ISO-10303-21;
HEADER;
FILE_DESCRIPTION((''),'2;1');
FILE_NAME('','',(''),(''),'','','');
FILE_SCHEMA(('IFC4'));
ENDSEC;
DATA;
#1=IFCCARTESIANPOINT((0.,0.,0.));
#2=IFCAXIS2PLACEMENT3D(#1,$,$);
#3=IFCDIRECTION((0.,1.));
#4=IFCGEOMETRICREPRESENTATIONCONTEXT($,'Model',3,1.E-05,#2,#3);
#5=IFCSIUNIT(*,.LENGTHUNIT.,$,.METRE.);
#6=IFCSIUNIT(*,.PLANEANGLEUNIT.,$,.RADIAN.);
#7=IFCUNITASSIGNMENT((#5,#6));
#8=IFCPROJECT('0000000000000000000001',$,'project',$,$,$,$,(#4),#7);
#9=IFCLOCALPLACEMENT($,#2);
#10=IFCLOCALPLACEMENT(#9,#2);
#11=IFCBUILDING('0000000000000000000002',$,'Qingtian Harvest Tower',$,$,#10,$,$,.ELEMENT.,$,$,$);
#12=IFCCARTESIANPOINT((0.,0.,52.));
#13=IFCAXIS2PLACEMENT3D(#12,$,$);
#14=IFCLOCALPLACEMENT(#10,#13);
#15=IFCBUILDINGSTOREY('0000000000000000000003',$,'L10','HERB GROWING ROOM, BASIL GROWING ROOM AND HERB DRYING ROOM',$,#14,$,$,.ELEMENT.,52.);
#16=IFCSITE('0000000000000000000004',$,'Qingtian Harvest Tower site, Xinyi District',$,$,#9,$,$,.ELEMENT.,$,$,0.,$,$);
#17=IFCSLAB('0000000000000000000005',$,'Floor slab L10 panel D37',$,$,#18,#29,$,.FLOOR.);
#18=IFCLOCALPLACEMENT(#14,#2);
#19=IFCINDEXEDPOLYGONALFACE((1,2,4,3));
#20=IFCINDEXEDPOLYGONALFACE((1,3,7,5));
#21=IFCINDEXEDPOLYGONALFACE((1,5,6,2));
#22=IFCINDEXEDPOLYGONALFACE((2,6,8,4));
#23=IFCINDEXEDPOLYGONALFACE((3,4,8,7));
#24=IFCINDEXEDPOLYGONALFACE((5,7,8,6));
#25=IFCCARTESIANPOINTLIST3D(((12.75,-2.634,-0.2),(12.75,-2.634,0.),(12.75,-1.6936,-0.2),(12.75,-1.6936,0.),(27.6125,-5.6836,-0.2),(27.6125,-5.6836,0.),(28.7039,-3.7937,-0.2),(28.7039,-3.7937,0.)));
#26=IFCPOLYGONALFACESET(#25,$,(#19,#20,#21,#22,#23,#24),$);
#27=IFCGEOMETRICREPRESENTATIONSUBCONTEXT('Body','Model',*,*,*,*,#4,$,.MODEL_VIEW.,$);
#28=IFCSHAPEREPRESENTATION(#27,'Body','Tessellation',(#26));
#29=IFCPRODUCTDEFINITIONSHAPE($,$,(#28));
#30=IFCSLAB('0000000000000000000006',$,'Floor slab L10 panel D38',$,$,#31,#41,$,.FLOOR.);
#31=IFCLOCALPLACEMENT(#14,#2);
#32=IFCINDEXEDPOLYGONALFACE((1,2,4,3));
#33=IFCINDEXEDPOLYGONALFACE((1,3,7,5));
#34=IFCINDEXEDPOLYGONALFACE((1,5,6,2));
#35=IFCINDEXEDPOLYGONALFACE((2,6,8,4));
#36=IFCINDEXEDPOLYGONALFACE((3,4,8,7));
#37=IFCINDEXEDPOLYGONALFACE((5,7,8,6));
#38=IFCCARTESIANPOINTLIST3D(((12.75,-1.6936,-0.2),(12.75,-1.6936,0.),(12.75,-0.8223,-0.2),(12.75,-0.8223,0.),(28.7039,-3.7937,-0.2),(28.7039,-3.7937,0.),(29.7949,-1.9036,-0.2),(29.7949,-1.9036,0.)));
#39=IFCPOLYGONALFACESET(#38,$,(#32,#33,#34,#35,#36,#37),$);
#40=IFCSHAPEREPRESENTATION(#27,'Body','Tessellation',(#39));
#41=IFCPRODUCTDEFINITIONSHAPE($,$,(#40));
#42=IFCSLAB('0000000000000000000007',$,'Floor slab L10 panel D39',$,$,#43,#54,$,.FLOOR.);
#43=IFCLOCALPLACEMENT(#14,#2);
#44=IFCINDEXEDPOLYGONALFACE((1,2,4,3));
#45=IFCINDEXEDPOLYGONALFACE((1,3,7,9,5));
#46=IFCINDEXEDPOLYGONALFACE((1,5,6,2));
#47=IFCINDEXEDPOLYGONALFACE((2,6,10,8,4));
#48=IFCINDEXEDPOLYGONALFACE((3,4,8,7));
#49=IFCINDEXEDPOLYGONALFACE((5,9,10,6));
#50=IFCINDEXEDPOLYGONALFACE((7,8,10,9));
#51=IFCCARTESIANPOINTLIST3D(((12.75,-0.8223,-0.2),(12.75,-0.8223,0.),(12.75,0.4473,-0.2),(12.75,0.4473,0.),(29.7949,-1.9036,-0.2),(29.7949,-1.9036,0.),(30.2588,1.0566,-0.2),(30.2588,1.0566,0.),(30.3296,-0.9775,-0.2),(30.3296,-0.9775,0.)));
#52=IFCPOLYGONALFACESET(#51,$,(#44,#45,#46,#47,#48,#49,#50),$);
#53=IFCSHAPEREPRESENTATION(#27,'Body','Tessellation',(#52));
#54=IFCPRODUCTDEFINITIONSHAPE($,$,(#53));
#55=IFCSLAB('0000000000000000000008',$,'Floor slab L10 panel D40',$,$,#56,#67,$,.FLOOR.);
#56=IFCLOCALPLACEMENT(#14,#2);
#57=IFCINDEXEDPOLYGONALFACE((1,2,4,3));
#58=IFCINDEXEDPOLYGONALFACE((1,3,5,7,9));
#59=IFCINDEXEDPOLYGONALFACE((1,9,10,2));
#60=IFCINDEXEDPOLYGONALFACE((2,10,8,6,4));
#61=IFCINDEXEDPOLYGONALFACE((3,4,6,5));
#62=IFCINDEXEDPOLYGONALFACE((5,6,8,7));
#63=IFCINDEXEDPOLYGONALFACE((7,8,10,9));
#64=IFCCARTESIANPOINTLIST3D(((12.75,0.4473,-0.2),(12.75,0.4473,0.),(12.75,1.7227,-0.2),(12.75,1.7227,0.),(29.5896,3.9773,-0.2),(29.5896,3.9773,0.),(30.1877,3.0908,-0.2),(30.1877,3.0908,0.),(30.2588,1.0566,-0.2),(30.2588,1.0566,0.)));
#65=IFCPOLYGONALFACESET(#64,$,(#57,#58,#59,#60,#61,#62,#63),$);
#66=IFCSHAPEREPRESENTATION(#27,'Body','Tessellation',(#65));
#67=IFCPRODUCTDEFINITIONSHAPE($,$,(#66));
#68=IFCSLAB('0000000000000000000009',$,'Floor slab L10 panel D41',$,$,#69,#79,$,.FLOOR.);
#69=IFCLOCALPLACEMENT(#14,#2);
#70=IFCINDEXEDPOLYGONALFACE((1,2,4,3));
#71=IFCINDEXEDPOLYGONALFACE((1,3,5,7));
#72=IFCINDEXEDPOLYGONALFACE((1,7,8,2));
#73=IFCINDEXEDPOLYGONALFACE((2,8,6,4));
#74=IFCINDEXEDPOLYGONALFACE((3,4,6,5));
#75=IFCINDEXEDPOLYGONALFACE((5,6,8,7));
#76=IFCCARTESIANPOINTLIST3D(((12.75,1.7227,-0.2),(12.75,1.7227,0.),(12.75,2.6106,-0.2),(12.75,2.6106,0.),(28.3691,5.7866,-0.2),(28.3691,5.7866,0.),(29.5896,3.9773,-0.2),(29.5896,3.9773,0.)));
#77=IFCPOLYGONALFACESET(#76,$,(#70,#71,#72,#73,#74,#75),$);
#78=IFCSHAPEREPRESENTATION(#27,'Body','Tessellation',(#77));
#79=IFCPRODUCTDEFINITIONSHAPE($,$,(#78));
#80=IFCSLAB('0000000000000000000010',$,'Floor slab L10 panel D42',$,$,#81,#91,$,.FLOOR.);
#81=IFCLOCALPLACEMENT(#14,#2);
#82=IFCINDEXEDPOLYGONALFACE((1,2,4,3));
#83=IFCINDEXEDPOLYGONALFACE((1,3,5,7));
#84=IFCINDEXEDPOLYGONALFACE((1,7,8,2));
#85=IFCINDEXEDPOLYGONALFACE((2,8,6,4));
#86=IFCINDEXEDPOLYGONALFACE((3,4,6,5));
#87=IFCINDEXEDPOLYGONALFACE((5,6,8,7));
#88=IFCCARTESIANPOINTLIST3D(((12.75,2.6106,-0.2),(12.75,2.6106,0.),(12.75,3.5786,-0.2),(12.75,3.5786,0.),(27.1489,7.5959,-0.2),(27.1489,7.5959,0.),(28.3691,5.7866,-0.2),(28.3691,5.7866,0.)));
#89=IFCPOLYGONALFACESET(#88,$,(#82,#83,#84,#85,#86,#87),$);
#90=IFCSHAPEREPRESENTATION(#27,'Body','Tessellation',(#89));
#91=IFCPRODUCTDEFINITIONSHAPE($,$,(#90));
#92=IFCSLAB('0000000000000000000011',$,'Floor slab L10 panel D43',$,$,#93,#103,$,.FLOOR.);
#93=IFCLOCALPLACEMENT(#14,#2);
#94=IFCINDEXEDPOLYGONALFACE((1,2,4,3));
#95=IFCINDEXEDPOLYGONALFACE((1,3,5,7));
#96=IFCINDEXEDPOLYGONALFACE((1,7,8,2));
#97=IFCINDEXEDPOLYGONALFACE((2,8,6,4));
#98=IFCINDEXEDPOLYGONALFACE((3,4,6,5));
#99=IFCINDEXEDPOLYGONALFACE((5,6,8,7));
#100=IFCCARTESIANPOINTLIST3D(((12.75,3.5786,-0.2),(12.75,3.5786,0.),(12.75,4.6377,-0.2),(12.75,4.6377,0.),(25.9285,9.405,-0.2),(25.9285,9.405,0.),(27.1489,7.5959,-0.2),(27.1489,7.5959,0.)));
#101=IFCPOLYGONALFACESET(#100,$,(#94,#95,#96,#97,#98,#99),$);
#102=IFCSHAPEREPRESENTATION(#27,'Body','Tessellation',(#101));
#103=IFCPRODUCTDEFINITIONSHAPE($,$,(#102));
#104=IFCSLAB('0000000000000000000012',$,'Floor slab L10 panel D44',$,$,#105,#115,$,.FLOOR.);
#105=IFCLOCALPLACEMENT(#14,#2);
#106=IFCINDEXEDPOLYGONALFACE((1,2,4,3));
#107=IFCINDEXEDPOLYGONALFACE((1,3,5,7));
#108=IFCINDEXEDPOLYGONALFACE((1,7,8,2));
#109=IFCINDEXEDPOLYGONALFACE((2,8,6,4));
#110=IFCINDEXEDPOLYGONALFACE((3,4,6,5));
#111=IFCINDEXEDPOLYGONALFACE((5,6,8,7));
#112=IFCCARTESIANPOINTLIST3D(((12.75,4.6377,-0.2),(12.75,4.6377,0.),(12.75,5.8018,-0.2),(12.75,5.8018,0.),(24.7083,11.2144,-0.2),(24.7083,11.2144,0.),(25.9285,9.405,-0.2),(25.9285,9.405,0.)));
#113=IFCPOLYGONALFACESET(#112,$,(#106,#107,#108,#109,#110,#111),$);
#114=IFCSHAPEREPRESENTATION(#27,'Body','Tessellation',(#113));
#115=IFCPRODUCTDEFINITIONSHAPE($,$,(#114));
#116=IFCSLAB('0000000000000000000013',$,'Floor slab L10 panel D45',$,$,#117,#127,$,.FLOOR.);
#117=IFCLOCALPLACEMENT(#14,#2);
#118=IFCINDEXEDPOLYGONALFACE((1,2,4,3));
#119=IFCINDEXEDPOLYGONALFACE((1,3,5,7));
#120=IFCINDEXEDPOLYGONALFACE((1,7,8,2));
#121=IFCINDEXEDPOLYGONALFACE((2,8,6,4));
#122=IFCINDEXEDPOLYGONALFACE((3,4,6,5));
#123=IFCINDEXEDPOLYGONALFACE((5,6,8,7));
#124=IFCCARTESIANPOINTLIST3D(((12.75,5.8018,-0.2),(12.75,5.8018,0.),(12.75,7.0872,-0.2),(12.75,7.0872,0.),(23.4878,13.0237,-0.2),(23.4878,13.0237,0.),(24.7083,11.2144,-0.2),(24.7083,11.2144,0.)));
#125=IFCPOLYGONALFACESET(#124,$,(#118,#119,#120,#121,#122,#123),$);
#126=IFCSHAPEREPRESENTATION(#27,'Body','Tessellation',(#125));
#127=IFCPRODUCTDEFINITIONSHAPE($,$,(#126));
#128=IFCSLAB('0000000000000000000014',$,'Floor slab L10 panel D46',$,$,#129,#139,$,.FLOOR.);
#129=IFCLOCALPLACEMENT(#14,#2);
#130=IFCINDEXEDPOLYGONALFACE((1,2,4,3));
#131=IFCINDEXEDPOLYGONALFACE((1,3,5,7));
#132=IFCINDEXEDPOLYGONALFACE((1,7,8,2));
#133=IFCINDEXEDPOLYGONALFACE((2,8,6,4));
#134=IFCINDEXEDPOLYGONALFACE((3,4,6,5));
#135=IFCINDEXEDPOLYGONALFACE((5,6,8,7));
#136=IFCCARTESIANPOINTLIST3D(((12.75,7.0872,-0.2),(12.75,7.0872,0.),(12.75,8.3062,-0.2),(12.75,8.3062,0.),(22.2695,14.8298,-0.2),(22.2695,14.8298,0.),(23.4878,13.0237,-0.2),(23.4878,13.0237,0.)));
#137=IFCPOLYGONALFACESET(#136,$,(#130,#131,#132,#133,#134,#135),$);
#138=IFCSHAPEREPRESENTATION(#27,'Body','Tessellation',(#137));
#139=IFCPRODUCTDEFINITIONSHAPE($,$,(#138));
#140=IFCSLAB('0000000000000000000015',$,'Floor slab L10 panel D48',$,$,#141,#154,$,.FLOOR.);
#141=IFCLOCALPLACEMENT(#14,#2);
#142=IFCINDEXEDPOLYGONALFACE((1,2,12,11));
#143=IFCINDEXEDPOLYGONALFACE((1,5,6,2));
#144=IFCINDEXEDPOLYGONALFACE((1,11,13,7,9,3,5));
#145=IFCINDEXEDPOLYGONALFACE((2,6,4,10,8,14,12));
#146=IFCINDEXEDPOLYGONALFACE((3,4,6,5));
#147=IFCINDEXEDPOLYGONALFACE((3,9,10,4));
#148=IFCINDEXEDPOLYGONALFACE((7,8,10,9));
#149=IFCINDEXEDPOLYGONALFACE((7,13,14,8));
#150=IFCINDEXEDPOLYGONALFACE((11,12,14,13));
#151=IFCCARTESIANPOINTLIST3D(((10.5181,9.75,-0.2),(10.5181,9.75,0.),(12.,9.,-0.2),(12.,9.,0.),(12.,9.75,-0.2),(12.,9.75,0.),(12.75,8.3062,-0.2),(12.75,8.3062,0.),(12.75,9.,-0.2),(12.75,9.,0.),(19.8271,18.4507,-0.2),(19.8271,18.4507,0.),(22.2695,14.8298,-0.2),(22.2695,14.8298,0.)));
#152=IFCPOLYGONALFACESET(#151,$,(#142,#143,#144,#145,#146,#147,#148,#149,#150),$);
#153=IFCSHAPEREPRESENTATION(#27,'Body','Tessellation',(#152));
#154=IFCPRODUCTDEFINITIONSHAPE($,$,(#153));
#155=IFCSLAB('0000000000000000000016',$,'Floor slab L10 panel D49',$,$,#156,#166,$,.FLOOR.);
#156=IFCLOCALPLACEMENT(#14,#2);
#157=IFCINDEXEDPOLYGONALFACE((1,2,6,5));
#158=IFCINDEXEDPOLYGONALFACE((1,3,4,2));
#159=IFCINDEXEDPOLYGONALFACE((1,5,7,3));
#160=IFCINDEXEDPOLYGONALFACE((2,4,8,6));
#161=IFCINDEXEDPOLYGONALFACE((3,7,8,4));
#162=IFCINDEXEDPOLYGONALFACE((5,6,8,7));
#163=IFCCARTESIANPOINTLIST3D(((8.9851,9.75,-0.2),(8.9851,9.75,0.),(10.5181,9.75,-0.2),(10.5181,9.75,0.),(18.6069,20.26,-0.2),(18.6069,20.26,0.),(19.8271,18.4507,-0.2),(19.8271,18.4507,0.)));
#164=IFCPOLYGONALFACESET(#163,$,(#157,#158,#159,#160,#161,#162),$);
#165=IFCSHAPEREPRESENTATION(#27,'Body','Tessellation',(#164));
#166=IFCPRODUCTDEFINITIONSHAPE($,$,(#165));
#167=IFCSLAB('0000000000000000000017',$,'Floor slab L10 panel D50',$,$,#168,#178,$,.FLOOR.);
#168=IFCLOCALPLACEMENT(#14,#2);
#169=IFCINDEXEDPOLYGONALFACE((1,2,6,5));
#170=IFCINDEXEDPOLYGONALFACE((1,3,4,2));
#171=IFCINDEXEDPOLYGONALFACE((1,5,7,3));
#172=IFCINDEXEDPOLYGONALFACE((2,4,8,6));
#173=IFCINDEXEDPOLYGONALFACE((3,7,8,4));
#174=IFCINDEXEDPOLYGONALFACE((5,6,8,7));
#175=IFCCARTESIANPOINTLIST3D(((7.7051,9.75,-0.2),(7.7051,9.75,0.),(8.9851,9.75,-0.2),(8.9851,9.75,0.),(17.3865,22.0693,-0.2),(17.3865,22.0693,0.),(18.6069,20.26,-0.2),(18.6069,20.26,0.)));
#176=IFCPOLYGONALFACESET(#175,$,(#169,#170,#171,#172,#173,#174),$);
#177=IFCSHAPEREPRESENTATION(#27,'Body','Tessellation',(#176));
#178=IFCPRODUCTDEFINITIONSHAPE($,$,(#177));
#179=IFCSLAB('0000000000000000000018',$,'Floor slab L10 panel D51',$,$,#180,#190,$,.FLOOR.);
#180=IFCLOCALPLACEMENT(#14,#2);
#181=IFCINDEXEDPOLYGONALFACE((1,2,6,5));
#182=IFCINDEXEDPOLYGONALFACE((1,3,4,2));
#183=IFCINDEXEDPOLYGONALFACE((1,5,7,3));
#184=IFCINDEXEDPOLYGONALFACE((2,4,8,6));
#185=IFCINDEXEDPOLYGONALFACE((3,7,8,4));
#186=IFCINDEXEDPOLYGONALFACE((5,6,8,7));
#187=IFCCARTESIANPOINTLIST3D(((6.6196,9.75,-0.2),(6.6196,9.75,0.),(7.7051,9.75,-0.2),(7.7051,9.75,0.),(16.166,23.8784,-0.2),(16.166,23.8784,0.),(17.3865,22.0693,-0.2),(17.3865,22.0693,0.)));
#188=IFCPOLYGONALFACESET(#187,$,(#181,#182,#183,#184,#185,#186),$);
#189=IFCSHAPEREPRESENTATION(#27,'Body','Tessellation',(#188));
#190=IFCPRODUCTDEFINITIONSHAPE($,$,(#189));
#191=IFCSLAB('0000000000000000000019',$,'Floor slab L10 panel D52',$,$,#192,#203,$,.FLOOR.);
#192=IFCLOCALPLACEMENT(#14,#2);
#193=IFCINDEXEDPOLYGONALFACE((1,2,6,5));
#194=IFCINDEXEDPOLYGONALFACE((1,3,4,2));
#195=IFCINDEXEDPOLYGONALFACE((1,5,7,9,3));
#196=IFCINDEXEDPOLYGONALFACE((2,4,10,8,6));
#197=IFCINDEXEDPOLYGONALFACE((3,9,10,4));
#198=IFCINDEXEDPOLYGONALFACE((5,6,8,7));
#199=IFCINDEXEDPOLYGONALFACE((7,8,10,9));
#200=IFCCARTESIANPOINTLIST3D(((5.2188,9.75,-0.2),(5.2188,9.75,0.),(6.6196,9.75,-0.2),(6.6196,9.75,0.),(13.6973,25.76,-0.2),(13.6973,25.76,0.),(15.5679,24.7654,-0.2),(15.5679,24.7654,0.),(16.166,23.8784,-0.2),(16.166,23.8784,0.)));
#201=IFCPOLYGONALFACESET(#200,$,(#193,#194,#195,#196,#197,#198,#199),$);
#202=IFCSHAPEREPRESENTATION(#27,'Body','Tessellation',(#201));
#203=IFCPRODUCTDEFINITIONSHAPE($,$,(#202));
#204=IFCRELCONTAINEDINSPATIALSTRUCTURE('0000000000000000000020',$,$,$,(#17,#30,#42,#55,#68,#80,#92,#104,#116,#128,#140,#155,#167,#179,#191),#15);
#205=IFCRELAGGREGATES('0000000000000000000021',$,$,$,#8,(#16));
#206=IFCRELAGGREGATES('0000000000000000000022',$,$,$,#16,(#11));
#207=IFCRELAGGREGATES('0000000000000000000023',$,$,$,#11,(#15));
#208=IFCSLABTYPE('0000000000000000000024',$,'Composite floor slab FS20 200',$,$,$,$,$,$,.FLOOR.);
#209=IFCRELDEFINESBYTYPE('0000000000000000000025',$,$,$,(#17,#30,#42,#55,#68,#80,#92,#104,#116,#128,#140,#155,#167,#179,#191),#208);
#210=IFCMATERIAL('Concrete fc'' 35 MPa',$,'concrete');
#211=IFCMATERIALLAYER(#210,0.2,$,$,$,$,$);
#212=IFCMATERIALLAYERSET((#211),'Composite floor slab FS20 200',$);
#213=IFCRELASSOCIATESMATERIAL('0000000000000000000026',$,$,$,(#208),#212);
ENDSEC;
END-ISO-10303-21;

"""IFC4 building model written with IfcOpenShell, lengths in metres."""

from ifc_helpers import new_model, si_unit, direction, frame, origin, place, context, subcontext, project, spatial, polyline, outline, extrude, material, layer, layer_set, type_object, element, save


model = new_model("IFC4")

# Units and contexts
model_context = context("Model", 3, precision=1e-05, world=origin(), true_north=direction((0.0, 1.0)))
body_context = subcontext(model_context, "Body", "Model", "MODEL_VIEW")
ifc_project = project(units=[si_unit("LENGTHUNIT", "METRE"), si_unit("PLANEANGLEUNIT", "RADIAN")], contexts=[model_context])

# Site, building, storey
site_placement = place(None, origin())
site = spatial("IfcSite", under=ifc_project, at=site_placement, Name="Qingtian Harvest Tower site, Xinyi District", CompositionType="ELEMENT", RefElevation=0.0)
building_placement = place(site_placement, origin())
building = spatial("IfcBuilding", under=site, at=building_placement, Name="Qingtian Harvest Tower", CompositionType="ELEMENT")
storey_placement = place(building_placement, frame((0.0, 0.0, 52.0)))
storey = spatial("IfcBuildingStorey", under=building, at=storey_placement, Name="L10", Description="HERB GROWING ROOM, BASIL GROWING ROOM AND HERB DRYING ROOM", CompositionType="ELEMENT", Elevation=52.0)

# Slabs
ifc_material_1 = material(Name="Concrete fc' 35 MPa", Category="concrete")
ifc_layer_1 = layer(ifc_material_1, 0.2)
ifc_layer_set_1 = layer_set([ifc_layer_1], Name="Composite floor slab FS20 200")
slab_type = type_object("IfcSlabType", Name="Composite floor slab FS20 200", PredefinedType="FLOOR", material=ifc_layer_set_1)
slab_1_placement = place(storey_placement, frame((0.0, 0.0, -0.2)))
element("IfcSlab", 1, at=slab_1_placement, inside=storey, type_object=slab_type, Name="Floor slab L10 panel D37", PredefinedType="FLOOR", context=body_context, shape_type="SweptSolid", body=[
    extrude(outline(polyline([(12.75, -1.6936), (28.7039, -3.7937), (27.6125, -5.6836), (12.75, -2.634), (12.75, -1.6936)])), origin(), (0.0, 0.0, 1.0), 0.2),
])
slab_2_placement = place(storey_placement, frame((0.0, 0.0, -0.2)))
element("IfcSlab", 2, at=slab_2_placement, inside=storey, type_object=slab_type, Name="Floor slab L10 panel D38", PredefinedType="FLOOR", context=body_context, shape_type="SweptSolid", body=[
    extrude(outline(polyline([(12.75, -0.8223), (29.7949, -1.9036), (28.7039, -3.7937), (12.75, -1.6936), (12.75, -0.8223)])), origin(), (0.0, 0.0, 1.0), 0.2),
])
slab_3_placement = place(storey_placement, frame((0.0, 0.0, -0.2)))
element("IfcSlab", 3, at=slab_3_placement, inside=storey, type_object=slab_type, Name="Floor slab L10 panel D39", PredefinedType="FLOOR", context=body_context, shape_type="SweptSolid", body=[
    extrude(outline(polyline([(12.75, -0.8223), (12.75, 0.4473), (30.2588, 1.0566), (30.3296, -0.9775), (29.7949, -1.9036), (12.75, -0.8223)])), origin(), (0.0, 0.0, 1.0), 0.2),
])
slab_4_placement = place(storey_placement, frame((0.0, 0.0, -0.2)))
element("IfcSlab", 4, at=slab_4_placement, inside=storey, type_object=slab_type, Name="Floor slab L10 panel D40", PredefinedType="FLOOR", context=body_context, shape_type="SweptSolid", body=[
    extrude(outline(polyline([(12.75, 0.4473), (12.75, 1.7227), (29.5896, 3.9773), (30.1877, 3.0908), (30.2588, 1.0566), (12.75, 0.4473)])), origin(), (0.0, 0.0, 1.0), 0.2),
])
slab_5_placement = place(storey_placement, frame((0.0, 0.0, -0.2)))
element("IfcSlab", 5, at=slab_5_placement, inside=storey, type_object=slab_type, Name="Floor slab L10 panel D41", PredefinedType="FLOOR", context=body_context, shape_type="SweptSolid", body=[
    extrude(outline(polyline([(12.75, 2.6106), (28.3691, 5.7866), (29.5896, 3.9773), (12.75, 1.7227), (12.75, 2.6106)])), origin(), (0.0, 0.0, 1.0), 0.2),
])
slab_6_placement = place(storey_placement, frame((0.0, 0.0, -0.2)))
element("IfcSlab", 6, at=slab_6_placement, inside=storey, type_object=slab_type, Name="Floor slab L10 panel D42", PredefinedType="FLOOR", context=body_context, shape_type="SweptSolid", body=[
    extrude(outline(polyline([(12.75, 3.5786), (27.1489, 7.5959), (28.3691, 5.7866), (12.75, 2.6106), (12.75, 3.5786)])), origin(), (0.0, 0.0, 1.0), 0.2),
])
slab_7_placement = place(storey_placement, frame((0.0, 0.0, -0.2)))
element("IfcSlab", 7, at=slab_7_placement, inside=storey, type_object=slab_type, Name="Floor slab L10 panel D43", PredefinedType="FLOOR", context=body_context, shape_type="SweptSolid", body=[
    extrude(outline(polyline([(12.75, 4.6377), (25.9285, 9.405), (27.1489, 7.5959), (12.75, 3.5786), (12.75, 4.6377)])), origin(), (0.0, 0.0, 1.0), 0.2),
])
slab_8_placement = place(storey_placement, frame((0.0, 0.0, -0.2)))
element("IfcSlab", 8, at=slab_8_placement, inside=storey, type_object=slab_type, Name="Floor slab L10 panel D44", PredefinedType="FLOOR", context=body_context, shape_type="SweptSolid", body=[
    extrude(outline(polyline([(12.75, 5.8018), (24.7083, 11.2144), (25.9285, 9.405), (12.75, 4.6377), (12.75, 5.8018)])), origin(), (0.0, 0.0, 1.0), 0.2),
])
slab_9_placement = place(storey_placement, frame((0.0, 0.0, -0.2)))
element("IfcSlab", 9, at=slab_9_placement, inside=storey, type_object=slab_type, Name="Floor slab L10 panel D45", PredefinedType="FLOOR", context=body_context, shape_type="SweptSolid", body=[
    extrude(outline(polyline([(12.75, 7.0872), (23.4878, 13.0237), (24.7083, 11.2144), (12.75, 5.8018), (12.75, 7.0872)])), origin(), (0.0, 0.0, 1.0), 0.2),
])
slab_10_placement = place(storey_placement, frame((0.0, 0.0, -0.2)))
element("IfcSlab", 10, at=slab_10_placement, inside=storey, type_object=slab_type, Name="Floor slab L10 panel D46", PredefinedType="FLOOR", context=body_context, shape_type="SweptSolid", body=[
    extrude(outline(polyline([(12.75, 8.3062), (22.2695, 14.8298), (23.4878, 13.0237), (12.75, 7.0872), (12.75, 8.3062)])), origin(), (0.0, 0.0, 1.0), 0.2),
])
slab_11_placement = place(storey_placement, frame((0.0, 0.0, -0.2)))
element("IfcSlab", 11, at=slab_11_placement, inside=storey, type_object=slab_type, Name="Floor slab L10 panel D48", PredefinedType="FLOOR", context=body_context, shape_type="SweptSolid", body=[
    extrude(outline(polyline([(19.8271, 18.4507), (22.2695, 14.8298), (12.75, 8.3062), (12.75, 9.0), (12.0, 9.0), (12.0, 9.75), (10.5181, 9.75), (19.8271, 18.4507)])), origin(), (0.0, 0.0, 1.0), 0.2),
])
slab_12_placement = place(storey_placement, frame((0.0, 0.0, -0.2)))
element("IfcSlab", 12, at=slab_12_placement, inside=storey, type_object=slab_type, Name="Floor slab L10 panel D49", PredefinedType="FLOOR", context=body_context, shape_type="SweptSolid", body=[
    extrude(outline(polyline([(8.9851, 9.75), (18.6069, 20.26), (19.8271, 18.4507), (10.5181, 9.75), (8.9851, 9.75)])), origin(), (0.0, 0.0, 1.0), 0.2),
])
slab_13_placement = place(storey_placement, frame((0.0, 0.0, -0.2)))
element("IfcSlab", 13, at=slab_13_placement, inside=storey, type_object=slab_type, Name="Floor slab L10 panel D50", PredefinedType="FLOOR", context=body_context, shape_type="SweptSolid", body=[
    extrude(outline(polyline([(7.7051, 9.75), (17.3865, 22.0693), (18.6069, 20.26), (8.9851, 9.75), (7.7051, 9.75)])), origin(), (0.0, 0.0, 1.0), 0.2),
])
slab_14_placement = place(storey_placement, frame((0.0, 0.0, -0.2)))
element("IfcSlab", 14, at=slab_14_placement, inside=storey, type_object=slab_type, Name="Floor slab L10 panel D51", PredefinedType="FLOOR", context=body_context, shape_type="SweptSolid", body=[
    extrude(outline(polyline([(6.6196, 9.75), (16.166, 23.8784), (17.3865, 22.0693), (7.7051, 9.75), (6.6196, 9.75)])), origin(), (0.0, 0.0, 1.0), 0.2),
])
slab_15_placement = place(storey_placement, frame((0.0, 0.0, -0.2)))
element("IfcSlab", 15, at=slab_15_placement, inside=storey, type_object=slab_type, Name="Floor slab L10 panel D52", PredefinedType="FLOOR", context=body_context, shape_type="SweptSolid", body=[
    extrude(outline(polyline([(6.6196, 9.75), (5.2188, 9.75), (13.6973, 25.76), (15.5679, 24.7654), (16.166, 23.8784), (6.6196, 9.75)])), origin(), (0.0, 0.0, 1.0), 0.2),
])

save(model, "model.ifc")
